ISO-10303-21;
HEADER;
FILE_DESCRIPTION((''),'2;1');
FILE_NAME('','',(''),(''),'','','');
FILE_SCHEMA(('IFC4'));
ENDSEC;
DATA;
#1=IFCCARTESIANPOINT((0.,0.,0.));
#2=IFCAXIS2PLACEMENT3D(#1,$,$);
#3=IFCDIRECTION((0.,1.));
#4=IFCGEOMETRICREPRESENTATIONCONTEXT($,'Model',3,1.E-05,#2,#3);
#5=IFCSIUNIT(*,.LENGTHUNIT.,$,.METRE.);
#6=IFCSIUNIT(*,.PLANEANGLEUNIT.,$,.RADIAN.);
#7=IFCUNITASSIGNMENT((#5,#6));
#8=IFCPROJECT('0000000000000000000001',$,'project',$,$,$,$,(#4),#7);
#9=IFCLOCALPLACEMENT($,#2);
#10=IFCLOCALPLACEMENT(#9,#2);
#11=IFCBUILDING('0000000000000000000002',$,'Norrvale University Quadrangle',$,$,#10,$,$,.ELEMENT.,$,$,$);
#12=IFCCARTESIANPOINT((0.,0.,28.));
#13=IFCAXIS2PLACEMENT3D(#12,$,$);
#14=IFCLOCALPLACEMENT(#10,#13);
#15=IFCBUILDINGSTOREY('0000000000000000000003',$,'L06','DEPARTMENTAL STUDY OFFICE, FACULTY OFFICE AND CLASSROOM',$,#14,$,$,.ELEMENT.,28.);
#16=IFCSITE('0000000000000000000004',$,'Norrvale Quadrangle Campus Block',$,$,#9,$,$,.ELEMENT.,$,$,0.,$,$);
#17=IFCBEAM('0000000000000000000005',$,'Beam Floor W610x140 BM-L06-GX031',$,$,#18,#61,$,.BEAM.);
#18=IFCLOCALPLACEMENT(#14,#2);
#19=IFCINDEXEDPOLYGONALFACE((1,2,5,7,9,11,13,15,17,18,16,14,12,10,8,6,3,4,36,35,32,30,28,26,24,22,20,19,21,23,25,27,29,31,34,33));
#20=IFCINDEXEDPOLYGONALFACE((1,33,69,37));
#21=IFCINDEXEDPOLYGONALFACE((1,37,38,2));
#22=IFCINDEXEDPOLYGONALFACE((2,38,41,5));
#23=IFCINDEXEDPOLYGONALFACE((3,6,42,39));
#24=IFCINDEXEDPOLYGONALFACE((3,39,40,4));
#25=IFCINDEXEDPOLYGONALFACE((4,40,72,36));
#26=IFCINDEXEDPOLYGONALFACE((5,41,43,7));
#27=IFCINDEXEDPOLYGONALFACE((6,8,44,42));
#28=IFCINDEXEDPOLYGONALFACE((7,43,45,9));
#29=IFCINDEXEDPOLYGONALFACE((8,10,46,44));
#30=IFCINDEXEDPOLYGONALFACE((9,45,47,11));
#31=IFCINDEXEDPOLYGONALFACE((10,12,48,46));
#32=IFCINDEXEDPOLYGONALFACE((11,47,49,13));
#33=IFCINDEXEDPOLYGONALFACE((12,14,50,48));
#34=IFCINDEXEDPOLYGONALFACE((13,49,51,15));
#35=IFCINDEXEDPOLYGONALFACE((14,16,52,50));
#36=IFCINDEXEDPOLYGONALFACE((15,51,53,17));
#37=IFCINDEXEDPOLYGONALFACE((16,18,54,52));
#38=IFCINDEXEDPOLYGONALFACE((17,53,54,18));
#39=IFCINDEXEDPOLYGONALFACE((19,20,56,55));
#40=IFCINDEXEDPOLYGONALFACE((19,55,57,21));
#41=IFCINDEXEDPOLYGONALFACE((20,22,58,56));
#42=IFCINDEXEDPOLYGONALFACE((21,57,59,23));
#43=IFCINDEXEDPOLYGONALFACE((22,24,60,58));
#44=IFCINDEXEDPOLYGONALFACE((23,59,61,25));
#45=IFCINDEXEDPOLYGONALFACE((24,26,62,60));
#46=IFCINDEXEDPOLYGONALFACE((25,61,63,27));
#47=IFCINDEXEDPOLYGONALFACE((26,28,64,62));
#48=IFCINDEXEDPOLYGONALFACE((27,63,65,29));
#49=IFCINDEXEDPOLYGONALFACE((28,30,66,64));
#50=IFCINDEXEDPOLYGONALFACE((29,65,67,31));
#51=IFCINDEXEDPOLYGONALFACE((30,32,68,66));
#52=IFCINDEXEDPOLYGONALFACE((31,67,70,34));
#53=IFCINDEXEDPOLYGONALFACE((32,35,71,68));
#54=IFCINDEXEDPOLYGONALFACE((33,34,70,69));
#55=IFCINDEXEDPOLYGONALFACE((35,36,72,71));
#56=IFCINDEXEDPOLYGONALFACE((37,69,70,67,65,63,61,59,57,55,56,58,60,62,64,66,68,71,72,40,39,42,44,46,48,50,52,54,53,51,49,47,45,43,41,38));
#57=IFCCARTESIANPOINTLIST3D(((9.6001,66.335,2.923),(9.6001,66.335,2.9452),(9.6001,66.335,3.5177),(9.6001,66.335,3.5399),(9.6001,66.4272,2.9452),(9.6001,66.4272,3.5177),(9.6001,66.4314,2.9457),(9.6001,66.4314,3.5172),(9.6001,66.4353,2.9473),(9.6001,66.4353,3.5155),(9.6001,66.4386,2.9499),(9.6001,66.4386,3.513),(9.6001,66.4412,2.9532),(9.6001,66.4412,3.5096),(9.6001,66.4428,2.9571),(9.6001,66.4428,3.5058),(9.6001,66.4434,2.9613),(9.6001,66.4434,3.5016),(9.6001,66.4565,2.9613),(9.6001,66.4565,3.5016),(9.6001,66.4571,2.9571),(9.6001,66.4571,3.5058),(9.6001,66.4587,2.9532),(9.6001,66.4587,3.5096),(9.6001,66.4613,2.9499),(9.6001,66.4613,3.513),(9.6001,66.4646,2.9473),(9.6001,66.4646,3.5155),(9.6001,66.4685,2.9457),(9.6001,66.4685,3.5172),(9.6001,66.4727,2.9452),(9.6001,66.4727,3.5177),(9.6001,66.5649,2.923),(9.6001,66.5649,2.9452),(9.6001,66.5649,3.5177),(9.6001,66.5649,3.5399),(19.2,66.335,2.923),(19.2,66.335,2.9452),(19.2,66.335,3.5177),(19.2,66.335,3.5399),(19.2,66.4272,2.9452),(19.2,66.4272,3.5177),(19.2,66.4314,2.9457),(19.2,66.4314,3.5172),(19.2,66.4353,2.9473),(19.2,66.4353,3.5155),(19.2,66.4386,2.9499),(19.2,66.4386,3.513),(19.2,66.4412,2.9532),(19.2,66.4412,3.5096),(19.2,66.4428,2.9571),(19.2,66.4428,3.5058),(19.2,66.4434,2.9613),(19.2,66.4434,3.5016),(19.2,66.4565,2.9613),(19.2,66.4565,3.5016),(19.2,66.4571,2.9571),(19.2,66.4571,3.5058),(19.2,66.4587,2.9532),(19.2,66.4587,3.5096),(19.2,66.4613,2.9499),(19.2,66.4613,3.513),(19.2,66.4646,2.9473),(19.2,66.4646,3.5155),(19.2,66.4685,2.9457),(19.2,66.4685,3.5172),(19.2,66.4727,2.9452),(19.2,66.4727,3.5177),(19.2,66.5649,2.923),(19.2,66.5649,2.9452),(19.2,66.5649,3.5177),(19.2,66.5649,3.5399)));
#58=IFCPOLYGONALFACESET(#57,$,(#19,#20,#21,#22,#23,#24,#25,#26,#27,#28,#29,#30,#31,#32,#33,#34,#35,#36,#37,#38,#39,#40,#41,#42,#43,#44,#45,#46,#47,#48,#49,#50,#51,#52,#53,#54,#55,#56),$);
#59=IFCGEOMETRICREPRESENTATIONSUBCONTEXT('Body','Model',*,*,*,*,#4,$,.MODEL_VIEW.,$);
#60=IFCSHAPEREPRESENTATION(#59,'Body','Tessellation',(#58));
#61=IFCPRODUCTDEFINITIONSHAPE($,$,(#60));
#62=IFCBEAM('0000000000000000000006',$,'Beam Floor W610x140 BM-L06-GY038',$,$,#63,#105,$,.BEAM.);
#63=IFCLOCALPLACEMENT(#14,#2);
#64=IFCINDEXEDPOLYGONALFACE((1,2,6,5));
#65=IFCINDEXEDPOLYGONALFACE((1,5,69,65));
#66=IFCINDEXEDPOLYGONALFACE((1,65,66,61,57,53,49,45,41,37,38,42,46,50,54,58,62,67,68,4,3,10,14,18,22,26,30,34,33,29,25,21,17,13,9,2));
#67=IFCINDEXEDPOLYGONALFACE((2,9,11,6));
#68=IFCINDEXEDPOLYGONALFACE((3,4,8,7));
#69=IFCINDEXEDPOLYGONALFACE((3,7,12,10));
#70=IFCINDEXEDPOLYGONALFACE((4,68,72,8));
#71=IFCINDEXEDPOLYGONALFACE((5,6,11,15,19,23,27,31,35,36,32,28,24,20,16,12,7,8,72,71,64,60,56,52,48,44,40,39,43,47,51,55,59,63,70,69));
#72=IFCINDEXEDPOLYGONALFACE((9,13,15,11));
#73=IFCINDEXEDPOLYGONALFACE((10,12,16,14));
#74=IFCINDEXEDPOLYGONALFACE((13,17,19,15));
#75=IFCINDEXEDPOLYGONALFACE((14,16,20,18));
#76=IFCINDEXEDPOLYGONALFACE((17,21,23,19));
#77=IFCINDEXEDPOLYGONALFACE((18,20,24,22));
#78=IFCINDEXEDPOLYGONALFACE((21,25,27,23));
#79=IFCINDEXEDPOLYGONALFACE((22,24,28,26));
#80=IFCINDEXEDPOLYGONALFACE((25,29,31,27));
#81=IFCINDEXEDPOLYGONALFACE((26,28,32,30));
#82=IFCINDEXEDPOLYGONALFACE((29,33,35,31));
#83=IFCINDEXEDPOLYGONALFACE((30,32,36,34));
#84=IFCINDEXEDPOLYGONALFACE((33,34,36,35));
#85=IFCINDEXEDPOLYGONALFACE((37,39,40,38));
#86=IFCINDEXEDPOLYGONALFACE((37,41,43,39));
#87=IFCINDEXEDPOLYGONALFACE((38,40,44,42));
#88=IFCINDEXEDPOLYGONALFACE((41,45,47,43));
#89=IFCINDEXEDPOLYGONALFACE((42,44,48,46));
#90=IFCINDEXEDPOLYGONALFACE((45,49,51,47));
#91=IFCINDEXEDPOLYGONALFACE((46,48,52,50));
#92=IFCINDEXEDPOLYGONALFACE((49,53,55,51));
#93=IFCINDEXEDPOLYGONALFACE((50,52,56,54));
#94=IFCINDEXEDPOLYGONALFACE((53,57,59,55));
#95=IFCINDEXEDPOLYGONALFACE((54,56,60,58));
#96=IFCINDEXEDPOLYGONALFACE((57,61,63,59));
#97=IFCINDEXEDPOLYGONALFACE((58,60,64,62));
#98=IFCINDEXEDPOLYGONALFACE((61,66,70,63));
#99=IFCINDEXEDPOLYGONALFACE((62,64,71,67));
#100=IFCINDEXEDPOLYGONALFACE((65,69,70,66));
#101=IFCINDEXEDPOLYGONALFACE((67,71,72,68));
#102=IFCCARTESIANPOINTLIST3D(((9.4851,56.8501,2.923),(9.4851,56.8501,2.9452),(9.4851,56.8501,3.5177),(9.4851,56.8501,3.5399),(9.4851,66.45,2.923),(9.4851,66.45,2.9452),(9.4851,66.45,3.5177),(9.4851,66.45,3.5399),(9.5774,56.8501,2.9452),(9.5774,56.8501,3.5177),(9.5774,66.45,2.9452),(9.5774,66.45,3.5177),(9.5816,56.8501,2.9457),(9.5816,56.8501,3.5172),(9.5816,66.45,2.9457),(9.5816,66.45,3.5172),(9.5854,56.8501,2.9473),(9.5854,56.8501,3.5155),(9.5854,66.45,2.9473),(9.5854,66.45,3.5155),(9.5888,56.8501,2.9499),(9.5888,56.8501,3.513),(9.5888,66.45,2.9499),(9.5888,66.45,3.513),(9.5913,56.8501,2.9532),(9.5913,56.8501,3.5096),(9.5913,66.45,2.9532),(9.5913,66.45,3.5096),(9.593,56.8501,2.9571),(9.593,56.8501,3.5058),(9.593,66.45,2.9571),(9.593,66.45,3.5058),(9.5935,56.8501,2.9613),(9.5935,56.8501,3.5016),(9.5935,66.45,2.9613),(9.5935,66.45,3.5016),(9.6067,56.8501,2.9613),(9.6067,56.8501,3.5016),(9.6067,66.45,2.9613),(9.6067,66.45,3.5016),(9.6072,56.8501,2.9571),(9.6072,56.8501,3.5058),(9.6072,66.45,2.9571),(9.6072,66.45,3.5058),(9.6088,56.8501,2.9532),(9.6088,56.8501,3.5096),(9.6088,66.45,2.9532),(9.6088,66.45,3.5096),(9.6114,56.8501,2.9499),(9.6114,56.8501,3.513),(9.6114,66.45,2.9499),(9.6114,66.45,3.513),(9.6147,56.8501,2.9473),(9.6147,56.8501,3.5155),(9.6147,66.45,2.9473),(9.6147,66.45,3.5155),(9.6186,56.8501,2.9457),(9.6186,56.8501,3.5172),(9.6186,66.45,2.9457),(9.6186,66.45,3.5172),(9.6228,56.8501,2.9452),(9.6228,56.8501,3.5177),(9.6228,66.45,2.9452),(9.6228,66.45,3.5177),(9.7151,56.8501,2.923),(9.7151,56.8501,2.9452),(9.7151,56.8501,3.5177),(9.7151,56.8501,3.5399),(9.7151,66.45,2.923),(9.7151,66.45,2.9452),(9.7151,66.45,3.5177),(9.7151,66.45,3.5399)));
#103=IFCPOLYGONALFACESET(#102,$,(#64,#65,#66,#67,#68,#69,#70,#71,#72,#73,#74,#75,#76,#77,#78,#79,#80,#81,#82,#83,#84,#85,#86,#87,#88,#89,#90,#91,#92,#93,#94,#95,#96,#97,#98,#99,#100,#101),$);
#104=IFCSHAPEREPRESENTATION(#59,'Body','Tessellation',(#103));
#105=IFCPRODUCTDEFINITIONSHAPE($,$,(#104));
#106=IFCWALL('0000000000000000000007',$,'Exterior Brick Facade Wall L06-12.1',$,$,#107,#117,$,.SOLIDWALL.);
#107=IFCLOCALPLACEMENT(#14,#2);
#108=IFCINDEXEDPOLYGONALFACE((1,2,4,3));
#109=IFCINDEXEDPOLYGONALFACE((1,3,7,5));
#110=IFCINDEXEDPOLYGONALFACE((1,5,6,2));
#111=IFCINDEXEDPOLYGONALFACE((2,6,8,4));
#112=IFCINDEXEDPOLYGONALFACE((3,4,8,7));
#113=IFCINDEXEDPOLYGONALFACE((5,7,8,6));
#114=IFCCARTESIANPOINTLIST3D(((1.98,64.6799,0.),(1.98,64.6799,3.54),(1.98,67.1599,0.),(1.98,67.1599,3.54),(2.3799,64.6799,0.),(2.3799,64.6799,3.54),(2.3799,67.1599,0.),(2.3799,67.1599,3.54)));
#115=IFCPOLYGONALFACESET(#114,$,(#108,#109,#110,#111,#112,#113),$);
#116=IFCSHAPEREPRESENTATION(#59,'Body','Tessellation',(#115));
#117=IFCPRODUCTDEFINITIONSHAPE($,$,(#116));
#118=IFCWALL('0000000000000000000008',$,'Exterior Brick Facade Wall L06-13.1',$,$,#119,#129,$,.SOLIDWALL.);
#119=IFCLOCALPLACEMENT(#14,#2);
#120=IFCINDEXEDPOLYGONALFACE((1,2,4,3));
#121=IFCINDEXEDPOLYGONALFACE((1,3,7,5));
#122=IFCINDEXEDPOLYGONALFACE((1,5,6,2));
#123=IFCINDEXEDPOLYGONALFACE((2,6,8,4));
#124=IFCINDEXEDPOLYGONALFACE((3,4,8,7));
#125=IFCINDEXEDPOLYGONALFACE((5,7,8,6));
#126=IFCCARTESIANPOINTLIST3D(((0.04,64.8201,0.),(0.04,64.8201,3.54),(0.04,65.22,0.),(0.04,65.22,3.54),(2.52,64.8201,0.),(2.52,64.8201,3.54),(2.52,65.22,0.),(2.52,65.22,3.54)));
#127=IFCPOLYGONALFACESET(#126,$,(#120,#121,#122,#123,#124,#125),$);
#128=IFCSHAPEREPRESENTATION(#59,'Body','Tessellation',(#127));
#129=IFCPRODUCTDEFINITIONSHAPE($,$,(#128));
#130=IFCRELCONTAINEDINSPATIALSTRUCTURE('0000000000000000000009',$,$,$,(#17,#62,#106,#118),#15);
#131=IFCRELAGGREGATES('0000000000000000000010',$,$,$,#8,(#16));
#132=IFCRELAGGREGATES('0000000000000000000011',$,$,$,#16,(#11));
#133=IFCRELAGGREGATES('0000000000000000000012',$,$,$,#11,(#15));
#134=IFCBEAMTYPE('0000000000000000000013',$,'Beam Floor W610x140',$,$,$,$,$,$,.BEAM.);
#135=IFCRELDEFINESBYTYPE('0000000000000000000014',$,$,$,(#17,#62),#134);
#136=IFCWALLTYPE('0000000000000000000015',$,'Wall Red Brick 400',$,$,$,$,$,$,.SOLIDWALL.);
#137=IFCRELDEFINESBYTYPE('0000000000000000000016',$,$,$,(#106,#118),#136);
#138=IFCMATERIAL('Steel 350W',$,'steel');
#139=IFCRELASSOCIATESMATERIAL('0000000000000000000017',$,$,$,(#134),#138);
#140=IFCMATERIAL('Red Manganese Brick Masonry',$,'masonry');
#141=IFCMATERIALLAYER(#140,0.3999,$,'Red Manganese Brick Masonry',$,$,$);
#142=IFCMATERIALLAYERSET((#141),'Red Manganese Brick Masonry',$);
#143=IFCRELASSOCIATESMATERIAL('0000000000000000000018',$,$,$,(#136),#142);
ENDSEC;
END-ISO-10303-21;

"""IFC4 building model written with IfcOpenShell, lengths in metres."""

from ifc_helpers import new_model, si_unit, direction, frame, frame_2d, origin, origin_2d, place, context, subcontext, project, spatial, rectangle, i_section, extrude, material, layer, layer_set, material_profile, profile_set, type_object, element, save


model = new_model("IFC4")

# Units and contexts
model_context = context("Model", 3, precision=1e-05, world=origin(), true_north=direction((0.0, 1.0)))
body_context = subcontext(model_context, "Body", "Model", "MODEL_VIEW")
ifc_project = project(units=[si_unit("LENGTHUNIT", "METRE"), si_unit("PLANEANGLEUNIT", "RADIAN")], contexts=[model_context])

# Site, building, storey
site_placement = place(None, origin())
site = spatial("IfcSite", under=ifc_project, at=site_placement, Name="Norrvale Quadrangle Campus Block", CompositionType="ELEMENT", RefElevation=0.0)
building_placement = place(site_placement, origin())
building = spatial("IfcBuilding", under=site, at=building_placement, Name="Norrvale University Quadrangle", CompositionType="ELEMENT")
storey_placement = place(building_placement, frame((0.0, 0.0, 28.0)))
storey = spatial("IfcBuildingStorey", under=building, at=storey_placement, Name="L06", Description="DEPARTMENTAL STUDY OFFICE, FACULTY OFFICE AND CLASSROOM", CompositionType="ELEMENT", Elevation=28.0)

# Beams
ifc_material_1 = material(Name="Steel 350W", Category="steel")
ifc_material_profile_1 = material_profile(ifc_material_1, i_section(OverallWidth=0.23, OverallDepth=0.6169, WebThickness=0.0132, FlangeThickness=0.0222, FilletRadius=0.0161, at=origin_2d()), Name="Steel 350W")
ifc_profile_set_1 = profile_set([ifc_material_profile_1], Name="Steel 350W")
beam_type_1 = type_object("IfcBeamType", Name="Beam Floor W610x140", PredefinedType="BEAM", material=ifc_profile_set_1)
for number, where, z_axis, x_axis, name in (
    (1, (9.6001, 66.45, 3.2314), (1.0, 0.0, 0.0), (0.0, 1.0, 0.0), "Beam Floor W610x140 BM-L06-GX031"),
    (2, (9.6001, 56.8501, 3.2314), (0.0, 1.0, 0.0), (-1.0, 0.0, 0.0), "Beam Floor W610x140 BM-L06-GY038"),
):
    element("IfcBeam", number, at=place(storey_placement, frame(where, z_axis=z_axis, x_axis=x_axis)), inside=storey, type_object=beam_type_1, Name=name, PredefinedType="BEAM", context=body_context, shape_type="SweptSolid", body=[
        extrude(i_section(OverallWidth=0.23, OverallDepth=0.6169, WebThickness=0.0132, FlangeThickness=0.0222, FilletRadius=0.0161, at=origin_2d()), origin(), (0.0, 0.0, 1.0), 9.5999),
    ])

# Walls
ifc_material_2 = material(Name="Red Manganese Brick Masonry", Category="masonry")
ifc_layer = layer(ifc_material_2, 0.3999, Name="Red Manganese Brick Masonry")
ifc_layer_set = layer_set([ifc_layer], Name="Red Manganese Brick Masonry")
wall_type = type_object("IfcWallType", Name="Wall Red Brick 400", PredefinedType="SOLIDWALL", material=ifc_layer_set)
for number, where, z_axis, x_axis, name in (
    (3, (2.1799, 67.1599, 0.0), (0.0, 0.0, 1.0), (0.0, -1.0, 0.0), "Exterior Brick Facade Wall L06-12.1"),
    (4, (2.52, 65.02, 0.0), (0.0, 0.0, 1.0), (-1.0, 0.0, 0.0), "Exterior Brick Facade Wall L06-13.1"),
):
    element("IfcWall", number, at=place(storey_placement, frame(where, z_axis=z_axis, x_axis=x_axis)), inside=storey, type_object=wall_type, Name=name, PredefinedType="SOLIDWALL", context=body_context, shape_type="SweptSolid", body=[
        extrude(rectangle(XDim=2.48, YDim=0.3999, at=frame_2d((1.24, 0.0))), origin(), (0.0, 0.0, 1.0), 3.54),
    ])

save(model, "model.ifc")
